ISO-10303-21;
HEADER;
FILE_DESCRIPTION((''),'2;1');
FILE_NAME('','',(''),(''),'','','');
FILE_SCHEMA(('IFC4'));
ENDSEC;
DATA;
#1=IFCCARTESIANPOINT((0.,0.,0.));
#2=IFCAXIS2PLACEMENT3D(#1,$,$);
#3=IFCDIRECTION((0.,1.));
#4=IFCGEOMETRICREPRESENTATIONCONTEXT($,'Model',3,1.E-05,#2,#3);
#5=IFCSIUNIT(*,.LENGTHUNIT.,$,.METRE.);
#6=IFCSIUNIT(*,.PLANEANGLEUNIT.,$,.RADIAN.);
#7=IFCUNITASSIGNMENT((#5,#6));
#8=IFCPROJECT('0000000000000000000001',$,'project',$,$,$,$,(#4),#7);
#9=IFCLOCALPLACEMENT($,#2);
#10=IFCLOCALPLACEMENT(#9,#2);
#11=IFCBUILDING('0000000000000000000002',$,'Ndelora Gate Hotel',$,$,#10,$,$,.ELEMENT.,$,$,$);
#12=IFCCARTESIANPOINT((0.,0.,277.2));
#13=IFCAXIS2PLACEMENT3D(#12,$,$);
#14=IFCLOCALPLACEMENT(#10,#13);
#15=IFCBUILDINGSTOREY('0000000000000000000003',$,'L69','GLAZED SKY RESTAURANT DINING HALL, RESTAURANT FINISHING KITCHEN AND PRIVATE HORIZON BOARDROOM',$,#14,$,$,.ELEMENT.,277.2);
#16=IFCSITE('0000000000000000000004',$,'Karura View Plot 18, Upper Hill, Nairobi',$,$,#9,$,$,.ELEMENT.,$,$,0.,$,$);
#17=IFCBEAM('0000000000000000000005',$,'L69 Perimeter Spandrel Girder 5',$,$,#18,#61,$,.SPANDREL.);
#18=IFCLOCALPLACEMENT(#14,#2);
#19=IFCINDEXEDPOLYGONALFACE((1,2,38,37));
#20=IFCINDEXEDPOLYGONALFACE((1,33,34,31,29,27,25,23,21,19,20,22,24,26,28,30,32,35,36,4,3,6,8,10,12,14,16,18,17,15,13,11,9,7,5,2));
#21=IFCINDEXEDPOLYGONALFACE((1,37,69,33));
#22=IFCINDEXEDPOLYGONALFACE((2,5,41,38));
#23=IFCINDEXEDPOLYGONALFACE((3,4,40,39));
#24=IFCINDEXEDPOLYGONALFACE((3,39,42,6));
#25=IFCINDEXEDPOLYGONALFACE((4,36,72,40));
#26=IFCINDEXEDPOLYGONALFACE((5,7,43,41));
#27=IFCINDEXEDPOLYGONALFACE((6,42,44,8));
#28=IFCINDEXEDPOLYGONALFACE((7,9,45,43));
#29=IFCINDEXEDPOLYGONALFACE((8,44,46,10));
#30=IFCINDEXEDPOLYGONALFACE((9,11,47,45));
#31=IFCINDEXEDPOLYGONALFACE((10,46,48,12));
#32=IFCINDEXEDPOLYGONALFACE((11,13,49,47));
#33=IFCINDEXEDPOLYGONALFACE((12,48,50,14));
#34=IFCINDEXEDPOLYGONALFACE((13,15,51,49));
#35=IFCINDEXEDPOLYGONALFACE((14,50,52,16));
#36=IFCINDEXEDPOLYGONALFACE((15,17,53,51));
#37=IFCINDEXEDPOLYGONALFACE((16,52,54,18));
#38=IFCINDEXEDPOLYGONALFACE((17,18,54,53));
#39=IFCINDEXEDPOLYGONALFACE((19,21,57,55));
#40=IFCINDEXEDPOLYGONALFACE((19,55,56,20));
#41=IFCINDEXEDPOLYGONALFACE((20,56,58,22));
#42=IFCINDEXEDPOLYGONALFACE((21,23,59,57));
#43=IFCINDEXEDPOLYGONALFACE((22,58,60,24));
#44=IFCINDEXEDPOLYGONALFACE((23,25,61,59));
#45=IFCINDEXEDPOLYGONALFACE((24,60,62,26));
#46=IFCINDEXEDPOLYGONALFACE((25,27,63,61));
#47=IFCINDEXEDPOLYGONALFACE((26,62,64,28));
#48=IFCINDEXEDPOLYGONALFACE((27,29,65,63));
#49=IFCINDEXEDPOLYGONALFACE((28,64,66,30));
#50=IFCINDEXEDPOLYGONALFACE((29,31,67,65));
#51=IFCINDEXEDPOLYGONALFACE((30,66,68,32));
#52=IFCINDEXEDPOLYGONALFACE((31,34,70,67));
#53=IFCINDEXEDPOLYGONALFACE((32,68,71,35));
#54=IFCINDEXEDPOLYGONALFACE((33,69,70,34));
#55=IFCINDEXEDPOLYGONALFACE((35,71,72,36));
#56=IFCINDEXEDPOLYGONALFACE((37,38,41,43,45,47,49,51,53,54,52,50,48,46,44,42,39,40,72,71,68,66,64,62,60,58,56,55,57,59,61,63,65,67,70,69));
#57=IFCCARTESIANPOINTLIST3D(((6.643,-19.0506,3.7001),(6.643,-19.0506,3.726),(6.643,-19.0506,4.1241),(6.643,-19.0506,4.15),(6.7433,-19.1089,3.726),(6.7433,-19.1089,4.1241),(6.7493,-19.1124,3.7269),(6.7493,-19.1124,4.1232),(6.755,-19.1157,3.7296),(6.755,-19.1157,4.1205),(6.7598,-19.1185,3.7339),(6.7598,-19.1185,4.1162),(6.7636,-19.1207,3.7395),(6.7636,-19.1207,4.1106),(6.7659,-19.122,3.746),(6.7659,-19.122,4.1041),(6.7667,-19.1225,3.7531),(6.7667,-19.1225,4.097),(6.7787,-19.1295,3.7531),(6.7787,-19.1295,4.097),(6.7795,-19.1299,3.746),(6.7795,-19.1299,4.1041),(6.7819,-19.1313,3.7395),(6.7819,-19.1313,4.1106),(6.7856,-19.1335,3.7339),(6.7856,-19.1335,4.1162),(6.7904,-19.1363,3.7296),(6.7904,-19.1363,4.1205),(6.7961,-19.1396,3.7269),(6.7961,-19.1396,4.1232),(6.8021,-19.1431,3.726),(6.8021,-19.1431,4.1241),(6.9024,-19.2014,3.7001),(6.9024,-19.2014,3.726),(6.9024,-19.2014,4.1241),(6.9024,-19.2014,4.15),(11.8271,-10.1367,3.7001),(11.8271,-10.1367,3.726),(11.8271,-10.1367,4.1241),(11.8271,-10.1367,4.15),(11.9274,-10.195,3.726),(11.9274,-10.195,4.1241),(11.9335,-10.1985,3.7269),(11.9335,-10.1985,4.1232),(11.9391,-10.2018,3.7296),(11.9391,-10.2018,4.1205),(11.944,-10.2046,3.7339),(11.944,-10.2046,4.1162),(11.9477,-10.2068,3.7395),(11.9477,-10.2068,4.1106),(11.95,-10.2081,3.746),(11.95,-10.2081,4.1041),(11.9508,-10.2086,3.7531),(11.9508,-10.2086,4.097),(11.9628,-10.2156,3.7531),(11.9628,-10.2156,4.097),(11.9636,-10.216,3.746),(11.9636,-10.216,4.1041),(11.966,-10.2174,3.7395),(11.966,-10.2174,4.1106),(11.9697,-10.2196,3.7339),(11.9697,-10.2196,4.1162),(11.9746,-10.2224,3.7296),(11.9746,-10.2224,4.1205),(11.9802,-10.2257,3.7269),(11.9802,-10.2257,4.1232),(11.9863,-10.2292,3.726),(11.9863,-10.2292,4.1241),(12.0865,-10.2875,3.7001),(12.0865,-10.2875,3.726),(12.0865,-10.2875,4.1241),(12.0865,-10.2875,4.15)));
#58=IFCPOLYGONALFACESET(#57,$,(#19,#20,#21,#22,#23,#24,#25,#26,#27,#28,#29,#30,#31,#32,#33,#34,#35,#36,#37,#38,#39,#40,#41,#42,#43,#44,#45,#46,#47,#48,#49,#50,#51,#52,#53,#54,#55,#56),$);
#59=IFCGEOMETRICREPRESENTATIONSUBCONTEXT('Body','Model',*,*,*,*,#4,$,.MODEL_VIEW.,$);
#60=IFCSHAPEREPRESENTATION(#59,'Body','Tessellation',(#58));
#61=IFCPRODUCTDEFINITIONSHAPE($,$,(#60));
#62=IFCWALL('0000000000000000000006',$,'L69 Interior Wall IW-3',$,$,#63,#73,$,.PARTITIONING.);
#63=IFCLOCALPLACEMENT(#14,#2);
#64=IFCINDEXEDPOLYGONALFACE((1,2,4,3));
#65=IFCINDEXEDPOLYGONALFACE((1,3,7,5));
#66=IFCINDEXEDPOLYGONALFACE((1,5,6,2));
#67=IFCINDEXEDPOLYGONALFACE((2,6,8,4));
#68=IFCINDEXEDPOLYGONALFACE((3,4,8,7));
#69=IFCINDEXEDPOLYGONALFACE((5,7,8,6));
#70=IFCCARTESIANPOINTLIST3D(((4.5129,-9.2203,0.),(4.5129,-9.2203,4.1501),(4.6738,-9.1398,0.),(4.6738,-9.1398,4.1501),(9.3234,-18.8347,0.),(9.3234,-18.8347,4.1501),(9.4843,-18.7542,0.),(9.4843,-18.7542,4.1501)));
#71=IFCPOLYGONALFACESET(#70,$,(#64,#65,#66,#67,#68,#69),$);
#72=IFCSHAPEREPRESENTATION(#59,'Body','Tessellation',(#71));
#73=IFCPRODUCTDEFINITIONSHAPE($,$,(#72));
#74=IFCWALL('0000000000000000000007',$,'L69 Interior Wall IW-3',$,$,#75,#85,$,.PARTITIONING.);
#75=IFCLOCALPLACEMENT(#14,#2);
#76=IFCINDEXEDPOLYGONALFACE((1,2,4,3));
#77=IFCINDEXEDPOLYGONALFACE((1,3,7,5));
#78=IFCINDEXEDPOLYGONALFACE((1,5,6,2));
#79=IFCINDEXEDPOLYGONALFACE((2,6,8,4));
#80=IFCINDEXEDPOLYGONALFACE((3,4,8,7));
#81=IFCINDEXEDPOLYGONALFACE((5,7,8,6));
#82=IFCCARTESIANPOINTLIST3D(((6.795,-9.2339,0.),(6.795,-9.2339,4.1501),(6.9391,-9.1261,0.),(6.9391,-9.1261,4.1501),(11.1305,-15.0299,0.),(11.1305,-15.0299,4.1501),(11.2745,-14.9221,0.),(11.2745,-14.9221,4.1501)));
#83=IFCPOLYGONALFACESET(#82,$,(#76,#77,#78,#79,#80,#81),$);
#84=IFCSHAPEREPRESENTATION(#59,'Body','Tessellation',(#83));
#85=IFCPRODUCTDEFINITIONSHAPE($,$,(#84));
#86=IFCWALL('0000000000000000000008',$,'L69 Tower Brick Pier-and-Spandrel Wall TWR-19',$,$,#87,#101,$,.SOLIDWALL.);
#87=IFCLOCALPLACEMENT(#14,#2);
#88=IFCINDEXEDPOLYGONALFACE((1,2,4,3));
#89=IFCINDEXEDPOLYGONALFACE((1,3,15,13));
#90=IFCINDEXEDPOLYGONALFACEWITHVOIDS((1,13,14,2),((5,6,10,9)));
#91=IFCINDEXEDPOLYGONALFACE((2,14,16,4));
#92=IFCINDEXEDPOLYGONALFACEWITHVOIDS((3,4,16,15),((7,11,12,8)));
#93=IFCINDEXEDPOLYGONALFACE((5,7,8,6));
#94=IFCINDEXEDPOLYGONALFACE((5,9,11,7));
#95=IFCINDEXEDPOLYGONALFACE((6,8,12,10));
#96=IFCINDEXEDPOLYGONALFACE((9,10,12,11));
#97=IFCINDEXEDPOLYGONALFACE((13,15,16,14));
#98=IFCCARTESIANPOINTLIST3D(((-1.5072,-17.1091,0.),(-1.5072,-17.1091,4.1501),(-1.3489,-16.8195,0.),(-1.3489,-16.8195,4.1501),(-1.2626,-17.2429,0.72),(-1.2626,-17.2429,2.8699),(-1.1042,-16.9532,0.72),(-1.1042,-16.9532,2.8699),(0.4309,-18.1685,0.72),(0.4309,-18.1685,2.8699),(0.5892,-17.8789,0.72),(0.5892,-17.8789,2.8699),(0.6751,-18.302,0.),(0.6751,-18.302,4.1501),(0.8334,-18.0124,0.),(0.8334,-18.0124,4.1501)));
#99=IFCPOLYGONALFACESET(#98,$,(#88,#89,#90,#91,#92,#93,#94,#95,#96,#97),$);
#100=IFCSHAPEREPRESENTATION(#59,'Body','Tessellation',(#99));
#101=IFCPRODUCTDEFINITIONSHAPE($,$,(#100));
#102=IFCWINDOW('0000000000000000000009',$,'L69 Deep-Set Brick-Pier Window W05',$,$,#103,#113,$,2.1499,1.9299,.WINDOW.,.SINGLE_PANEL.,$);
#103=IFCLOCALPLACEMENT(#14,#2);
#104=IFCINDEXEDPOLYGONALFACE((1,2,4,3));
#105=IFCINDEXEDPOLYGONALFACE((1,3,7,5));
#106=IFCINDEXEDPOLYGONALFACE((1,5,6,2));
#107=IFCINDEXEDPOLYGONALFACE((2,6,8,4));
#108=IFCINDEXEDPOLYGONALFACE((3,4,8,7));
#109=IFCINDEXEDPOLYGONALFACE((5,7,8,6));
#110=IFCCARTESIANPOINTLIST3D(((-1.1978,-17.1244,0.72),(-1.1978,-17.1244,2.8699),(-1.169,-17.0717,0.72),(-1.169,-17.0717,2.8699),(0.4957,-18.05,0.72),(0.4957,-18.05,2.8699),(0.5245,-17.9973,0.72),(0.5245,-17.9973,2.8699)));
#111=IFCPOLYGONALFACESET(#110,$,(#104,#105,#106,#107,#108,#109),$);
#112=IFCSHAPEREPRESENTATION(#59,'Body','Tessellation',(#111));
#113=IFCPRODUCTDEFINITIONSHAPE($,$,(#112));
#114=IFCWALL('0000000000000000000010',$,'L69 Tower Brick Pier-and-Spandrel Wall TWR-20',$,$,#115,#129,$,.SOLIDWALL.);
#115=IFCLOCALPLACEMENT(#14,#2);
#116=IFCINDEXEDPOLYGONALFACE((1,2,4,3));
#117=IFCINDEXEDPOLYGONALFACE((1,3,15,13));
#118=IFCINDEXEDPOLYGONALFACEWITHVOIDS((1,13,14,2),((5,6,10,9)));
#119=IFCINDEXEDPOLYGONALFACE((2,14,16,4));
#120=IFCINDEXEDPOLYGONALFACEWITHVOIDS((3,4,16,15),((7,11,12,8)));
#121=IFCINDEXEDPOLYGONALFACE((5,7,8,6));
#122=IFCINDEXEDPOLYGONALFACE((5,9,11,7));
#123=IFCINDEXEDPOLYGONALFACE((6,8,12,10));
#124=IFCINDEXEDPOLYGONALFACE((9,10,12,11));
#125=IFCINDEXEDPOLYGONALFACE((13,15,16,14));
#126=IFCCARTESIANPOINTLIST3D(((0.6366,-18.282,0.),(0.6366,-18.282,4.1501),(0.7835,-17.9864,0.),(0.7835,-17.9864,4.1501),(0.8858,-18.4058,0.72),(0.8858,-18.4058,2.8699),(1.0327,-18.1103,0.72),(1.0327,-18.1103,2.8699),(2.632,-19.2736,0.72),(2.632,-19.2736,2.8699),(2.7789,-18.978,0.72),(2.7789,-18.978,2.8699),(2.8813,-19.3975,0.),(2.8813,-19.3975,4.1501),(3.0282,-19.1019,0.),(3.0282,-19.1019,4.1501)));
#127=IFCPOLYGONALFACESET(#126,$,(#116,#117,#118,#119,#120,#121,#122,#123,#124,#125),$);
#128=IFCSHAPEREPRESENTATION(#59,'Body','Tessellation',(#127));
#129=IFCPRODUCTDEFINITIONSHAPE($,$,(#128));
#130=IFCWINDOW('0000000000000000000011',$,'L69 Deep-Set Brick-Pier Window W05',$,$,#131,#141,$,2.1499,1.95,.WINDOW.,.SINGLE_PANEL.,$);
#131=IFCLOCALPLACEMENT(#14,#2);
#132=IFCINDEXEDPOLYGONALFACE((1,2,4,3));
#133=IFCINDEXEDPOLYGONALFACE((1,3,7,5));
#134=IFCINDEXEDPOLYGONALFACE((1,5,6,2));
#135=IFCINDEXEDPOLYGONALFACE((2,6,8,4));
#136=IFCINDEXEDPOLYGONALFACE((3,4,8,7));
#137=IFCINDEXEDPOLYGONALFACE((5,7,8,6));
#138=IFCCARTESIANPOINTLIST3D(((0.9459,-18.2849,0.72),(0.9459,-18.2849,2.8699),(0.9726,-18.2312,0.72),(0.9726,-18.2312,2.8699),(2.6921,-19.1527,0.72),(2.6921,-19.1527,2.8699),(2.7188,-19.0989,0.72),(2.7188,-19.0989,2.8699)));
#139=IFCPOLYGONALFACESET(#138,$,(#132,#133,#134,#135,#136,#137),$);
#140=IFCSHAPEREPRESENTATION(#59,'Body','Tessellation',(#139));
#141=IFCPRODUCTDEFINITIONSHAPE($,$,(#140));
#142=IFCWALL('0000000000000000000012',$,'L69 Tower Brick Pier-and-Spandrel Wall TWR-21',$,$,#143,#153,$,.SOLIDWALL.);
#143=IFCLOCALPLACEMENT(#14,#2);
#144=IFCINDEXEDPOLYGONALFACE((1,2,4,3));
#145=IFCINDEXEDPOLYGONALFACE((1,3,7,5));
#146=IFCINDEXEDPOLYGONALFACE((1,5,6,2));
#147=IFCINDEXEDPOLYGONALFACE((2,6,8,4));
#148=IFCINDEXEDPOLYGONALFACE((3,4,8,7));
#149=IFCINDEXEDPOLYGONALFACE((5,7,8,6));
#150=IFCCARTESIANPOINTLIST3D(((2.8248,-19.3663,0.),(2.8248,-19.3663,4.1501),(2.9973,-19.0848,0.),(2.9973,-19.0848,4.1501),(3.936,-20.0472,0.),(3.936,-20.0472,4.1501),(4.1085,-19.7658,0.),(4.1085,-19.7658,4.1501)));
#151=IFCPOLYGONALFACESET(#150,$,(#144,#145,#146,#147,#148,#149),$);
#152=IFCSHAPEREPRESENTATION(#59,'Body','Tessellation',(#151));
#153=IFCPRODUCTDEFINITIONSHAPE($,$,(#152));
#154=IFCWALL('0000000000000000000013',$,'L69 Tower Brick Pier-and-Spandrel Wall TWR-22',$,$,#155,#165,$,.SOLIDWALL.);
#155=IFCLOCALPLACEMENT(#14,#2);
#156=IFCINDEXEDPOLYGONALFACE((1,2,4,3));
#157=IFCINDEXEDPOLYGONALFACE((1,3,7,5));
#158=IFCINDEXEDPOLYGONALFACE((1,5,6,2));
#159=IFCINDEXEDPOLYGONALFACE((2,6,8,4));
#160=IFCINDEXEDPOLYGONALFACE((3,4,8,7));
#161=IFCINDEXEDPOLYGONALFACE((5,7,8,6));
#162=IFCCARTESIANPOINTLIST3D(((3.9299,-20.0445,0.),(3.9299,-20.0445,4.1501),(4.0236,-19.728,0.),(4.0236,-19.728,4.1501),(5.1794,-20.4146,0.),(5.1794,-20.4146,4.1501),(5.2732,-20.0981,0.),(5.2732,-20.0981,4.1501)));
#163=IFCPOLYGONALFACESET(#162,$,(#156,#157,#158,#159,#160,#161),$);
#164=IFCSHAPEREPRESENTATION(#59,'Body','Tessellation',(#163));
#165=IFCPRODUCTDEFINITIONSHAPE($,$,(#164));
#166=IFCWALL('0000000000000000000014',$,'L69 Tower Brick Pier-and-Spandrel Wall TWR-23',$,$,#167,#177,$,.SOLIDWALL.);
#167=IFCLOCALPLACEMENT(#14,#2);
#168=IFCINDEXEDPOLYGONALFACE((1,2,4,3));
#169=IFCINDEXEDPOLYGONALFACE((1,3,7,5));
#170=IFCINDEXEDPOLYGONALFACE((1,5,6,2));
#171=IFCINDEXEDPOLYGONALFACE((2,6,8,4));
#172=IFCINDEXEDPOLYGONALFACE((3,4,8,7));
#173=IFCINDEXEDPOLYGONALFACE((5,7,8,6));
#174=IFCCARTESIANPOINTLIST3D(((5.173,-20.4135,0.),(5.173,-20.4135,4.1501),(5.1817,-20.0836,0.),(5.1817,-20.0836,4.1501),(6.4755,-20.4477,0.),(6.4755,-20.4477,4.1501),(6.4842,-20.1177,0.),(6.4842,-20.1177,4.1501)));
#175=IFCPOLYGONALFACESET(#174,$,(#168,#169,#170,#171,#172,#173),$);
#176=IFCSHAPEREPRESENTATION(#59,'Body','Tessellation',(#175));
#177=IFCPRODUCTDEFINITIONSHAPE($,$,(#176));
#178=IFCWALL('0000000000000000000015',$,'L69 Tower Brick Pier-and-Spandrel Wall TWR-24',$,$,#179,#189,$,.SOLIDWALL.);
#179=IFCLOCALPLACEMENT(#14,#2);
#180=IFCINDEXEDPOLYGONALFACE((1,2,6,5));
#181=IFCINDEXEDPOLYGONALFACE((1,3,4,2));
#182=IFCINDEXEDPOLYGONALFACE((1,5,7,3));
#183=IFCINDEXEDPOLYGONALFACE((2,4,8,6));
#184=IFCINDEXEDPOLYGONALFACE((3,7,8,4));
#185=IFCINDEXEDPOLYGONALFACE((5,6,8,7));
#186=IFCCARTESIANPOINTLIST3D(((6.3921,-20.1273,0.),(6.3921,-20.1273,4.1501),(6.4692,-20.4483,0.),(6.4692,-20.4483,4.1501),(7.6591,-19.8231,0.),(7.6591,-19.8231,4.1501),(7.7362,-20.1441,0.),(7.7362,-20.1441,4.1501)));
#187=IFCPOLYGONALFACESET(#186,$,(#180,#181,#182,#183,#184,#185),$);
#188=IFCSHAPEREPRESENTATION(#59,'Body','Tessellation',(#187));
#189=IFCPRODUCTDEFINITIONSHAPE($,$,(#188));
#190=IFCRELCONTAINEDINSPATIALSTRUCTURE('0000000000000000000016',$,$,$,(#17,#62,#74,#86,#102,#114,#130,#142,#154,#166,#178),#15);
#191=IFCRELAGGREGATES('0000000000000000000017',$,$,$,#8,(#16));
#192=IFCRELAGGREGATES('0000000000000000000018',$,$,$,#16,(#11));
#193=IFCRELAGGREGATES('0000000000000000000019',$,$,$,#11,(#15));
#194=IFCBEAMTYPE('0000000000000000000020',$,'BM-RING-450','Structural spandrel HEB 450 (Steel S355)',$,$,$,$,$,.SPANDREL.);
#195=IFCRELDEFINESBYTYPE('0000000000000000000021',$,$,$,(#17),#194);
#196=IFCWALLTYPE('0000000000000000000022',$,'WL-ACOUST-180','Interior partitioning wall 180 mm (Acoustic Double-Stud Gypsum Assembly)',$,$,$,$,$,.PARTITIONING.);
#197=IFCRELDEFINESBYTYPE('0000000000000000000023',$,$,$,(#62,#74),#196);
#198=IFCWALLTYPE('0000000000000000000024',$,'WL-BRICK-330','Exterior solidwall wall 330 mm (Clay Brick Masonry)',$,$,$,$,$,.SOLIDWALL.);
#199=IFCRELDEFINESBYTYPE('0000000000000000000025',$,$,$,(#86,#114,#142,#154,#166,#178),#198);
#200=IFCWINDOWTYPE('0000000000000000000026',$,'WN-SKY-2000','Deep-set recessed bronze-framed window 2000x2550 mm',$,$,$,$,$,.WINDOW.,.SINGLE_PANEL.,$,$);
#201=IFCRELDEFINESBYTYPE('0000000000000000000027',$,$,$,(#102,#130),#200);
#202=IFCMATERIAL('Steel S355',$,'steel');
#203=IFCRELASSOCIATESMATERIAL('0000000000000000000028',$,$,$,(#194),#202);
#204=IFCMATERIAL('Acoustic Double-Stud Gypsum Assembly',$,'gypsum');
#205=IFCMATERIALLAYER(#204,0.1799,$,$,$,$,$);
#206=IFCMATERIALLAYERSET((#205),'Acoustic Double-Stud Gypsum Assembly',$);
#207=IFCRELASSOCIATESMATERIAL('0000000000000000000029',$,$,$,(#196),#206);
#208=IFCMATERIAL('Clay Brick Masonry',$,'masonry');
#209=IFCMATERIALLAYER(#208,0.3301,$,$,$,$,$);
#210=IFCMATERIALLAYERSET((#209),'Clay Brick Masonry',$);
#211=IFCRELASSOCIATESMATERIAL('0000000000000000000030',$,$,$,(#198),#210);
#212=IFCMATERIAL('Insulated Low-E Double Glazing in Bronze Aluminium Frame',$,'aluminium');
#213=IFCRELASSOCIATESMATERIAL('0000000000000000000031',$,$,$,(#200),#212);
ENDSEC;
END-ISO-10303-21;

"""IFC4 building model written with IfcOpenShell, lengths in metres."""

from ifc_helpers import new_model, si_unit, direction, frame, frame_2d, origin, origin_2d, place, context, subcontext, project, spatial, rectangle, i_section, extrude, material, layer, layer_set, material_profile, profile_set, type_object, element, fill, save


model = new_model("IFC4")

# Units and contexts
model_context = context("Model", 3, precision=1e-05, world=origin(), true_north=direction((0.0, 1.0)))
body_context = subcontext(model_context, "Body", "Model", "MODEL_VIEW")
ifc_project = project(units=[si_unit("LENGTHUNIT", "METRE"), si_unit("PLANEANGLEUNIT", "RADIAN")], contexts=[model_context])

# Site, building, storey
site_placement = place(None, origin())
site = spatial("IfcSite", under=ifc_project, at=site_placement, Name="Karura View Plot 18, Upper Hill, Nairobi", CompositionType="ELEMENT", RefElevation=0.0)
building_placement = place(site_placement, origin())
building = spatial("IfcBuilding", under=site, at=building_placement, Name="Ndelora Gate Hotel", CompositionType="ELEMENT")
storey_placement = place(building_placement, frame((0.0, 0.0, 277.2)))
storey = spatial("IfcBuildingStorey", under=building, at=storey_placement, Name="L69", Description="GLAZED SKY RESTAURANT DINING HALL, RESTAURANT FINISHING KITCHEN AND PRIVATE HORIZON BOARDROOM", CompositionType="ELEMENT", Elevation=277.2)

# Beam
ifc_material_1 = material(Name="Steel S355", Category="steel")
ifc_material_profile_1 = material_profile(ifc_material_1, i_section(OverallWidth=0.3, OverallDepth=0.45, WebThickness=0.0139, FlangeThickness=0.0259, FilletRadius=0.0271, at=origin_2d()), Name="HEB 450")
ifc_profile_set_1 = profile_set([ifc_material_profile_1], Name="Steel S355")
beam_type_1 = type_object("IfcBeamType", Name="BM-RING-450", Description="Structural spandrel HEB 450 (Steel S355)", PredefinedType="SPANDREL", material=ifc_profile_set_1)
beam_1_placement = place(storey_placement, frame((6.7727, -19.126, 3.925), z_axis=(0.502739, 0.864439, 0.0), x_axis=(-0.864439, 0.502739, 0.0)))
element("IfcBeam", 1, at=beam_1_placement, inside=storey, type_object=beam_type_1, Name="L69 Perimeter Spandrel Girder 5", PredefinedType="SPANDREL", context=body_context, shape_type="SweptSolid", body=[
    extrude(i_section(OverallWidth=0.3, OverallDepth=0.45, WebThickness=0.0139, FlangeThickness=0.0259, FilletRadius=0.0271, at=origin_2d()), origin(), (0.0, 0.0, 1.0), 10.3118),
])

# Walls
ifc_material_2 = material(Name="Acoustic Double-Stud Gypsum Assembly", Category="gypsum")
ifc_layer_1 = layer(ifc_material_2, 0.1799)
ifc_layer_set_1 = layer_set([ifc_layer_1], Name="Acoustic Double-Stud Gypsum Assembly")
wall_type_1 = type_object("IfcWallType", Name="WL-ACOUST-180", Description="Interior partitioning wall 180 mm (Acoustic Double-Stud Gypsum Assembly)", PredefinedType="PARTITIONING", material=ifc_layer_set_1)
wall_1_placement = place(storey_placement, frame((4.5933, -9.1799, 0.0), z_axis=(0.0, 0.0, 1.0), x_axis=(0.447459, -0.894305, 0.0)))
element("IfcWall", 2, at=wall_1_placement, inside=storey, type_object=wall_type_1, Name="L69 Interior Wall IW-3", PredefinedType="PARTITIONING", context=body_context, shape_type="SweptSolid", body=[
    extrude(rectangle(XDim=10.7507, YDim=0.1799, at=frame_2d((5.3755, 0.0))), origin(), (0.0, 0.0, 1.0), 4.1501),
])
wall_2_placement = place(storey_placement, frame((6.8669, -9.1799, 0.0), z_axis=(0.0, 0.0, 1.0), x_axis=(0.598985, -0.80076, 0.0)))
element("IfcWall", 3, at=wall_2_placement, inside=storey, type_object=wall_type_1, Name="L69 Interior Wall IW-3", PredefinedType="PARTITIONING", context=body_context, shape_type="SweptSolid", body=[
    extrude(rectangle(XDim=7.238, YDim=0.1799, at=frame_2d((3.6191, 0.0))), origin(), (0.0, 0.0, 1.0), 4.1501),
])

# Walls, openings, windows
ifc_material_3 = material(Name="Clay Brick Masonry", Category="masonry")
ifc_layer_2 = layer(ifc_material_3, 0.3301)
ifc_layer_set_2 = layer_set([ifc_layer_2], Name="Clay Brick Masonry")
wall_type_2 = type_object("IfcWallType", Name="WL-BRICK-330", Description="Exterior solidwall wall 330 mm (Clay Brick Masonry)", PredefinedType="SOLIDWALL", material=ifc_layer_set_2)
wall_3_placement = place(storey_placement, frame((0.7544, -18.1572, 0.0), z_axis=(0.0, 0.0, 1.0), x_axis=(-0.877475, 0.479622, 0.0)))
wall_3 = element("IfcWall", 4, at=wall_3_placement, inside=storey, type_object=wall_type_2, Name="L69 Tower Brick Pier-and-Spandrel Wall TWR-19", PredefinedType="SOLIDWALL", context=body_context, shape_type="SweptSolid", body=[
    extrude(rectangle(XDim=2.4871, YDim=0.3301, at=frame_2d((1.2437, 0.0))), origin(), (0.0, 0.0, 1.0), 4.1501),
])
opening_1_placement = place(wall_3_placement, frame((0.2786, 0.0, 0.72)))
opening_1 = element("IfcOpeningElement", 5, at=opening_1_placement, cuts=wall_3, PredefinedType="OPENING", context=body_context, shape_type="SweptSolid", body=[
    extrude(rectangle(XDim=1.9299, YDim=2.1499, at=frame_2d((0.9648, 1.075))), frame((0.0, 0.175, 0.0), z_axis=(0.0, -1.0, 0.0), x_axis=(1.0, 0.0, 0.0)), (0.0, 0.0, 1.0), 0.3501),
])
ifc_material_4 = material(Name="Insulated Low-E Double Glazing in Bronze Aluminium Frame", Category="aluminium")
window_type = type_object("IfcWindowType", Name="WN-SKY-2000", Description="Deep-set recessed bronze-framed window 2000x2550 mm", PartitioningType="SINGLE_PANEL", PredefinedType="WINDOW", material=ifc_material_4)
window_1_placement = place(opening_1_placement, origin())
window_1 = element("IfcWindow", 6, at=window_1_placement, inside=storey, type_object=window_type, Name="L69 Deep-Set Brick-Pier Window W05", OverallHeight=2.1499, OverallWidth=1.9299, PartitioningType="SINGLE_PANEL", PredefinedType="WINDOW", context=body_context, shape_type="SweptSolid", body=[
    extrude(rectangle(XDim=1.9299, YDim=2.1499, at=frame_2d((0.9648, 1.075))), frame((0.0, 0.03, 0.0), z_axis=(0.0, -1.0, 0.0), x_axis=(1.0, 0.0, 0.0)), (0.0, 0.0, 1.0), 0.0601),
])
fill(opening_1, window_1)
wall_4_placement = place(storey_placement, frame((2.9548, -19.2498, 0.0), z_axis=(0.0, 0.0, 1.0), x_axis=(-0.895515, 0.44503, 0.0)))
wall_4 = element("IfcWall", 7, at=wall_4_placement, inside=storey, type_object=wall_type_2, Name="L69 Tower Brick Pier-and-Spandrel Wall TWR-20", PredefinedType="SOLIDWALL", context=body_context, shape_type="SweptSolid", body=[
    extrude(rectangle(XDim=2.5066, YDim=0.3301, at=frame_2d((1.2534, 0.0))), origin(), (0.0, 0.0, 1.0), 4.1501),
])
opening_2_placement = place(wall_4_placement, frame((0.2783, 0.0, 0.72)))
opening_2 = element("IfcOpeningElement", 8, at=opening_2_placement, cuts=wall_4, PredefinedType="OPENING", context=body_context, shape_type="SweptSolid", body=[
    extrude(rectangle(XDim=1.95, YDim=2.1499, at=frame_2d((0.9751, 1.075))), frame((0.0, 0.175, 0.0), z_axis=(0.0, -1.0, 0.0), x_axis=(1.0, 0.0, 0.0)), (0.0, 0.0, 1.0), 0.3501),
])
window_2_placement = place(opening_2_placement, origin())
window_2 = element("IfcWindow", 9, at=window_2_placement, inside=storey, type_object=window_type, Name="L69 Deep-Set Brick-Pier Window W05", OverallHeight=2.1499, OverallWidth=1.95, PartitioningType="SINGLE_PANEL", PredefinedType="WINDOW", context=body_context, shape_type="SweptSolid", body=[
    extrude(rectangle(XDim=1.95, YDim=2.1499, at=frame_2d((0.9751, 1.075))), frame((0.0, 0.03, 0.0), z_axis=(0.0, -1.0, 0.0), x_axis=(1.0, 0.0, 0.0)), (0.0, 0.0, 1.0), 0.0601),
])
fill(opening_2, window_2)

# Walls
for number, where, z_axis, x_axis, name in (
    (10, (4.0222, -19.9065, 0.0), (0.0, 0.0, 1.0), (-0.852628, 0.522518, 0.0), "L69 Tower Brick Pier-and-Spandrel Wall TWR-21"),
    (11, (5.2263, -20.2563, 0.0), (0.0, 0.0, 1.0), (-0.958821, 0.284012, 0.0), "L69 Tower Brick Pier-and-Spandrel Wall TWR-22"),
):
    element("IfcWall", number, at=place(storey_placement, frame(where, z_axis=z_axis, x_axis=x_axis)), inside=storey, type_object=wall_type_2, Name=name, PredefinedType="SOLIDWALL", context=body_context, shape_type="SweptSolid", body=[
        extrude(rectangle(XDim=1.3032, YDim=0.3301, at=frame_2d((0.6516, 0.0))), origin(), (0.0, 0.0, 1.0), 4.1501),
    ])
for number, where, z_axis, x_axis, name in (
    (12, (6.4797, -20.2827, 0.0), (0.0, 0.0, 1.0), (-0.999656, 0.026233, 0.0), "L69 Tower Brick Pier-and-Spandrel Wall TWR-23"),
    (13, (7.6975, -19.9836, 0.0), (0.0, 0.0, 1.0), (-0.97237, -0.233444, 0.0), "L69 Tower Brick Pier-and-Spandrel Wall TWR-24"),
):
    element("IfcWall", number, at=place(storey_placement, frame(where, z_axis=z_axis, x_axis=x_axis)), inside=storey, type_object=wall_type_2, Name=name, PredefinedType="SOLIDWALL", context=body_context, shape_type="SweptSolid", body=[
        extrude(rectangle(XDim=1.303, YDim=0.3301, at=frame_2d((0.6514, 0.0))), origin(), (0.0, 0.0, 1.0), 4.1501),
    ])

save(model, "model.ifc")
